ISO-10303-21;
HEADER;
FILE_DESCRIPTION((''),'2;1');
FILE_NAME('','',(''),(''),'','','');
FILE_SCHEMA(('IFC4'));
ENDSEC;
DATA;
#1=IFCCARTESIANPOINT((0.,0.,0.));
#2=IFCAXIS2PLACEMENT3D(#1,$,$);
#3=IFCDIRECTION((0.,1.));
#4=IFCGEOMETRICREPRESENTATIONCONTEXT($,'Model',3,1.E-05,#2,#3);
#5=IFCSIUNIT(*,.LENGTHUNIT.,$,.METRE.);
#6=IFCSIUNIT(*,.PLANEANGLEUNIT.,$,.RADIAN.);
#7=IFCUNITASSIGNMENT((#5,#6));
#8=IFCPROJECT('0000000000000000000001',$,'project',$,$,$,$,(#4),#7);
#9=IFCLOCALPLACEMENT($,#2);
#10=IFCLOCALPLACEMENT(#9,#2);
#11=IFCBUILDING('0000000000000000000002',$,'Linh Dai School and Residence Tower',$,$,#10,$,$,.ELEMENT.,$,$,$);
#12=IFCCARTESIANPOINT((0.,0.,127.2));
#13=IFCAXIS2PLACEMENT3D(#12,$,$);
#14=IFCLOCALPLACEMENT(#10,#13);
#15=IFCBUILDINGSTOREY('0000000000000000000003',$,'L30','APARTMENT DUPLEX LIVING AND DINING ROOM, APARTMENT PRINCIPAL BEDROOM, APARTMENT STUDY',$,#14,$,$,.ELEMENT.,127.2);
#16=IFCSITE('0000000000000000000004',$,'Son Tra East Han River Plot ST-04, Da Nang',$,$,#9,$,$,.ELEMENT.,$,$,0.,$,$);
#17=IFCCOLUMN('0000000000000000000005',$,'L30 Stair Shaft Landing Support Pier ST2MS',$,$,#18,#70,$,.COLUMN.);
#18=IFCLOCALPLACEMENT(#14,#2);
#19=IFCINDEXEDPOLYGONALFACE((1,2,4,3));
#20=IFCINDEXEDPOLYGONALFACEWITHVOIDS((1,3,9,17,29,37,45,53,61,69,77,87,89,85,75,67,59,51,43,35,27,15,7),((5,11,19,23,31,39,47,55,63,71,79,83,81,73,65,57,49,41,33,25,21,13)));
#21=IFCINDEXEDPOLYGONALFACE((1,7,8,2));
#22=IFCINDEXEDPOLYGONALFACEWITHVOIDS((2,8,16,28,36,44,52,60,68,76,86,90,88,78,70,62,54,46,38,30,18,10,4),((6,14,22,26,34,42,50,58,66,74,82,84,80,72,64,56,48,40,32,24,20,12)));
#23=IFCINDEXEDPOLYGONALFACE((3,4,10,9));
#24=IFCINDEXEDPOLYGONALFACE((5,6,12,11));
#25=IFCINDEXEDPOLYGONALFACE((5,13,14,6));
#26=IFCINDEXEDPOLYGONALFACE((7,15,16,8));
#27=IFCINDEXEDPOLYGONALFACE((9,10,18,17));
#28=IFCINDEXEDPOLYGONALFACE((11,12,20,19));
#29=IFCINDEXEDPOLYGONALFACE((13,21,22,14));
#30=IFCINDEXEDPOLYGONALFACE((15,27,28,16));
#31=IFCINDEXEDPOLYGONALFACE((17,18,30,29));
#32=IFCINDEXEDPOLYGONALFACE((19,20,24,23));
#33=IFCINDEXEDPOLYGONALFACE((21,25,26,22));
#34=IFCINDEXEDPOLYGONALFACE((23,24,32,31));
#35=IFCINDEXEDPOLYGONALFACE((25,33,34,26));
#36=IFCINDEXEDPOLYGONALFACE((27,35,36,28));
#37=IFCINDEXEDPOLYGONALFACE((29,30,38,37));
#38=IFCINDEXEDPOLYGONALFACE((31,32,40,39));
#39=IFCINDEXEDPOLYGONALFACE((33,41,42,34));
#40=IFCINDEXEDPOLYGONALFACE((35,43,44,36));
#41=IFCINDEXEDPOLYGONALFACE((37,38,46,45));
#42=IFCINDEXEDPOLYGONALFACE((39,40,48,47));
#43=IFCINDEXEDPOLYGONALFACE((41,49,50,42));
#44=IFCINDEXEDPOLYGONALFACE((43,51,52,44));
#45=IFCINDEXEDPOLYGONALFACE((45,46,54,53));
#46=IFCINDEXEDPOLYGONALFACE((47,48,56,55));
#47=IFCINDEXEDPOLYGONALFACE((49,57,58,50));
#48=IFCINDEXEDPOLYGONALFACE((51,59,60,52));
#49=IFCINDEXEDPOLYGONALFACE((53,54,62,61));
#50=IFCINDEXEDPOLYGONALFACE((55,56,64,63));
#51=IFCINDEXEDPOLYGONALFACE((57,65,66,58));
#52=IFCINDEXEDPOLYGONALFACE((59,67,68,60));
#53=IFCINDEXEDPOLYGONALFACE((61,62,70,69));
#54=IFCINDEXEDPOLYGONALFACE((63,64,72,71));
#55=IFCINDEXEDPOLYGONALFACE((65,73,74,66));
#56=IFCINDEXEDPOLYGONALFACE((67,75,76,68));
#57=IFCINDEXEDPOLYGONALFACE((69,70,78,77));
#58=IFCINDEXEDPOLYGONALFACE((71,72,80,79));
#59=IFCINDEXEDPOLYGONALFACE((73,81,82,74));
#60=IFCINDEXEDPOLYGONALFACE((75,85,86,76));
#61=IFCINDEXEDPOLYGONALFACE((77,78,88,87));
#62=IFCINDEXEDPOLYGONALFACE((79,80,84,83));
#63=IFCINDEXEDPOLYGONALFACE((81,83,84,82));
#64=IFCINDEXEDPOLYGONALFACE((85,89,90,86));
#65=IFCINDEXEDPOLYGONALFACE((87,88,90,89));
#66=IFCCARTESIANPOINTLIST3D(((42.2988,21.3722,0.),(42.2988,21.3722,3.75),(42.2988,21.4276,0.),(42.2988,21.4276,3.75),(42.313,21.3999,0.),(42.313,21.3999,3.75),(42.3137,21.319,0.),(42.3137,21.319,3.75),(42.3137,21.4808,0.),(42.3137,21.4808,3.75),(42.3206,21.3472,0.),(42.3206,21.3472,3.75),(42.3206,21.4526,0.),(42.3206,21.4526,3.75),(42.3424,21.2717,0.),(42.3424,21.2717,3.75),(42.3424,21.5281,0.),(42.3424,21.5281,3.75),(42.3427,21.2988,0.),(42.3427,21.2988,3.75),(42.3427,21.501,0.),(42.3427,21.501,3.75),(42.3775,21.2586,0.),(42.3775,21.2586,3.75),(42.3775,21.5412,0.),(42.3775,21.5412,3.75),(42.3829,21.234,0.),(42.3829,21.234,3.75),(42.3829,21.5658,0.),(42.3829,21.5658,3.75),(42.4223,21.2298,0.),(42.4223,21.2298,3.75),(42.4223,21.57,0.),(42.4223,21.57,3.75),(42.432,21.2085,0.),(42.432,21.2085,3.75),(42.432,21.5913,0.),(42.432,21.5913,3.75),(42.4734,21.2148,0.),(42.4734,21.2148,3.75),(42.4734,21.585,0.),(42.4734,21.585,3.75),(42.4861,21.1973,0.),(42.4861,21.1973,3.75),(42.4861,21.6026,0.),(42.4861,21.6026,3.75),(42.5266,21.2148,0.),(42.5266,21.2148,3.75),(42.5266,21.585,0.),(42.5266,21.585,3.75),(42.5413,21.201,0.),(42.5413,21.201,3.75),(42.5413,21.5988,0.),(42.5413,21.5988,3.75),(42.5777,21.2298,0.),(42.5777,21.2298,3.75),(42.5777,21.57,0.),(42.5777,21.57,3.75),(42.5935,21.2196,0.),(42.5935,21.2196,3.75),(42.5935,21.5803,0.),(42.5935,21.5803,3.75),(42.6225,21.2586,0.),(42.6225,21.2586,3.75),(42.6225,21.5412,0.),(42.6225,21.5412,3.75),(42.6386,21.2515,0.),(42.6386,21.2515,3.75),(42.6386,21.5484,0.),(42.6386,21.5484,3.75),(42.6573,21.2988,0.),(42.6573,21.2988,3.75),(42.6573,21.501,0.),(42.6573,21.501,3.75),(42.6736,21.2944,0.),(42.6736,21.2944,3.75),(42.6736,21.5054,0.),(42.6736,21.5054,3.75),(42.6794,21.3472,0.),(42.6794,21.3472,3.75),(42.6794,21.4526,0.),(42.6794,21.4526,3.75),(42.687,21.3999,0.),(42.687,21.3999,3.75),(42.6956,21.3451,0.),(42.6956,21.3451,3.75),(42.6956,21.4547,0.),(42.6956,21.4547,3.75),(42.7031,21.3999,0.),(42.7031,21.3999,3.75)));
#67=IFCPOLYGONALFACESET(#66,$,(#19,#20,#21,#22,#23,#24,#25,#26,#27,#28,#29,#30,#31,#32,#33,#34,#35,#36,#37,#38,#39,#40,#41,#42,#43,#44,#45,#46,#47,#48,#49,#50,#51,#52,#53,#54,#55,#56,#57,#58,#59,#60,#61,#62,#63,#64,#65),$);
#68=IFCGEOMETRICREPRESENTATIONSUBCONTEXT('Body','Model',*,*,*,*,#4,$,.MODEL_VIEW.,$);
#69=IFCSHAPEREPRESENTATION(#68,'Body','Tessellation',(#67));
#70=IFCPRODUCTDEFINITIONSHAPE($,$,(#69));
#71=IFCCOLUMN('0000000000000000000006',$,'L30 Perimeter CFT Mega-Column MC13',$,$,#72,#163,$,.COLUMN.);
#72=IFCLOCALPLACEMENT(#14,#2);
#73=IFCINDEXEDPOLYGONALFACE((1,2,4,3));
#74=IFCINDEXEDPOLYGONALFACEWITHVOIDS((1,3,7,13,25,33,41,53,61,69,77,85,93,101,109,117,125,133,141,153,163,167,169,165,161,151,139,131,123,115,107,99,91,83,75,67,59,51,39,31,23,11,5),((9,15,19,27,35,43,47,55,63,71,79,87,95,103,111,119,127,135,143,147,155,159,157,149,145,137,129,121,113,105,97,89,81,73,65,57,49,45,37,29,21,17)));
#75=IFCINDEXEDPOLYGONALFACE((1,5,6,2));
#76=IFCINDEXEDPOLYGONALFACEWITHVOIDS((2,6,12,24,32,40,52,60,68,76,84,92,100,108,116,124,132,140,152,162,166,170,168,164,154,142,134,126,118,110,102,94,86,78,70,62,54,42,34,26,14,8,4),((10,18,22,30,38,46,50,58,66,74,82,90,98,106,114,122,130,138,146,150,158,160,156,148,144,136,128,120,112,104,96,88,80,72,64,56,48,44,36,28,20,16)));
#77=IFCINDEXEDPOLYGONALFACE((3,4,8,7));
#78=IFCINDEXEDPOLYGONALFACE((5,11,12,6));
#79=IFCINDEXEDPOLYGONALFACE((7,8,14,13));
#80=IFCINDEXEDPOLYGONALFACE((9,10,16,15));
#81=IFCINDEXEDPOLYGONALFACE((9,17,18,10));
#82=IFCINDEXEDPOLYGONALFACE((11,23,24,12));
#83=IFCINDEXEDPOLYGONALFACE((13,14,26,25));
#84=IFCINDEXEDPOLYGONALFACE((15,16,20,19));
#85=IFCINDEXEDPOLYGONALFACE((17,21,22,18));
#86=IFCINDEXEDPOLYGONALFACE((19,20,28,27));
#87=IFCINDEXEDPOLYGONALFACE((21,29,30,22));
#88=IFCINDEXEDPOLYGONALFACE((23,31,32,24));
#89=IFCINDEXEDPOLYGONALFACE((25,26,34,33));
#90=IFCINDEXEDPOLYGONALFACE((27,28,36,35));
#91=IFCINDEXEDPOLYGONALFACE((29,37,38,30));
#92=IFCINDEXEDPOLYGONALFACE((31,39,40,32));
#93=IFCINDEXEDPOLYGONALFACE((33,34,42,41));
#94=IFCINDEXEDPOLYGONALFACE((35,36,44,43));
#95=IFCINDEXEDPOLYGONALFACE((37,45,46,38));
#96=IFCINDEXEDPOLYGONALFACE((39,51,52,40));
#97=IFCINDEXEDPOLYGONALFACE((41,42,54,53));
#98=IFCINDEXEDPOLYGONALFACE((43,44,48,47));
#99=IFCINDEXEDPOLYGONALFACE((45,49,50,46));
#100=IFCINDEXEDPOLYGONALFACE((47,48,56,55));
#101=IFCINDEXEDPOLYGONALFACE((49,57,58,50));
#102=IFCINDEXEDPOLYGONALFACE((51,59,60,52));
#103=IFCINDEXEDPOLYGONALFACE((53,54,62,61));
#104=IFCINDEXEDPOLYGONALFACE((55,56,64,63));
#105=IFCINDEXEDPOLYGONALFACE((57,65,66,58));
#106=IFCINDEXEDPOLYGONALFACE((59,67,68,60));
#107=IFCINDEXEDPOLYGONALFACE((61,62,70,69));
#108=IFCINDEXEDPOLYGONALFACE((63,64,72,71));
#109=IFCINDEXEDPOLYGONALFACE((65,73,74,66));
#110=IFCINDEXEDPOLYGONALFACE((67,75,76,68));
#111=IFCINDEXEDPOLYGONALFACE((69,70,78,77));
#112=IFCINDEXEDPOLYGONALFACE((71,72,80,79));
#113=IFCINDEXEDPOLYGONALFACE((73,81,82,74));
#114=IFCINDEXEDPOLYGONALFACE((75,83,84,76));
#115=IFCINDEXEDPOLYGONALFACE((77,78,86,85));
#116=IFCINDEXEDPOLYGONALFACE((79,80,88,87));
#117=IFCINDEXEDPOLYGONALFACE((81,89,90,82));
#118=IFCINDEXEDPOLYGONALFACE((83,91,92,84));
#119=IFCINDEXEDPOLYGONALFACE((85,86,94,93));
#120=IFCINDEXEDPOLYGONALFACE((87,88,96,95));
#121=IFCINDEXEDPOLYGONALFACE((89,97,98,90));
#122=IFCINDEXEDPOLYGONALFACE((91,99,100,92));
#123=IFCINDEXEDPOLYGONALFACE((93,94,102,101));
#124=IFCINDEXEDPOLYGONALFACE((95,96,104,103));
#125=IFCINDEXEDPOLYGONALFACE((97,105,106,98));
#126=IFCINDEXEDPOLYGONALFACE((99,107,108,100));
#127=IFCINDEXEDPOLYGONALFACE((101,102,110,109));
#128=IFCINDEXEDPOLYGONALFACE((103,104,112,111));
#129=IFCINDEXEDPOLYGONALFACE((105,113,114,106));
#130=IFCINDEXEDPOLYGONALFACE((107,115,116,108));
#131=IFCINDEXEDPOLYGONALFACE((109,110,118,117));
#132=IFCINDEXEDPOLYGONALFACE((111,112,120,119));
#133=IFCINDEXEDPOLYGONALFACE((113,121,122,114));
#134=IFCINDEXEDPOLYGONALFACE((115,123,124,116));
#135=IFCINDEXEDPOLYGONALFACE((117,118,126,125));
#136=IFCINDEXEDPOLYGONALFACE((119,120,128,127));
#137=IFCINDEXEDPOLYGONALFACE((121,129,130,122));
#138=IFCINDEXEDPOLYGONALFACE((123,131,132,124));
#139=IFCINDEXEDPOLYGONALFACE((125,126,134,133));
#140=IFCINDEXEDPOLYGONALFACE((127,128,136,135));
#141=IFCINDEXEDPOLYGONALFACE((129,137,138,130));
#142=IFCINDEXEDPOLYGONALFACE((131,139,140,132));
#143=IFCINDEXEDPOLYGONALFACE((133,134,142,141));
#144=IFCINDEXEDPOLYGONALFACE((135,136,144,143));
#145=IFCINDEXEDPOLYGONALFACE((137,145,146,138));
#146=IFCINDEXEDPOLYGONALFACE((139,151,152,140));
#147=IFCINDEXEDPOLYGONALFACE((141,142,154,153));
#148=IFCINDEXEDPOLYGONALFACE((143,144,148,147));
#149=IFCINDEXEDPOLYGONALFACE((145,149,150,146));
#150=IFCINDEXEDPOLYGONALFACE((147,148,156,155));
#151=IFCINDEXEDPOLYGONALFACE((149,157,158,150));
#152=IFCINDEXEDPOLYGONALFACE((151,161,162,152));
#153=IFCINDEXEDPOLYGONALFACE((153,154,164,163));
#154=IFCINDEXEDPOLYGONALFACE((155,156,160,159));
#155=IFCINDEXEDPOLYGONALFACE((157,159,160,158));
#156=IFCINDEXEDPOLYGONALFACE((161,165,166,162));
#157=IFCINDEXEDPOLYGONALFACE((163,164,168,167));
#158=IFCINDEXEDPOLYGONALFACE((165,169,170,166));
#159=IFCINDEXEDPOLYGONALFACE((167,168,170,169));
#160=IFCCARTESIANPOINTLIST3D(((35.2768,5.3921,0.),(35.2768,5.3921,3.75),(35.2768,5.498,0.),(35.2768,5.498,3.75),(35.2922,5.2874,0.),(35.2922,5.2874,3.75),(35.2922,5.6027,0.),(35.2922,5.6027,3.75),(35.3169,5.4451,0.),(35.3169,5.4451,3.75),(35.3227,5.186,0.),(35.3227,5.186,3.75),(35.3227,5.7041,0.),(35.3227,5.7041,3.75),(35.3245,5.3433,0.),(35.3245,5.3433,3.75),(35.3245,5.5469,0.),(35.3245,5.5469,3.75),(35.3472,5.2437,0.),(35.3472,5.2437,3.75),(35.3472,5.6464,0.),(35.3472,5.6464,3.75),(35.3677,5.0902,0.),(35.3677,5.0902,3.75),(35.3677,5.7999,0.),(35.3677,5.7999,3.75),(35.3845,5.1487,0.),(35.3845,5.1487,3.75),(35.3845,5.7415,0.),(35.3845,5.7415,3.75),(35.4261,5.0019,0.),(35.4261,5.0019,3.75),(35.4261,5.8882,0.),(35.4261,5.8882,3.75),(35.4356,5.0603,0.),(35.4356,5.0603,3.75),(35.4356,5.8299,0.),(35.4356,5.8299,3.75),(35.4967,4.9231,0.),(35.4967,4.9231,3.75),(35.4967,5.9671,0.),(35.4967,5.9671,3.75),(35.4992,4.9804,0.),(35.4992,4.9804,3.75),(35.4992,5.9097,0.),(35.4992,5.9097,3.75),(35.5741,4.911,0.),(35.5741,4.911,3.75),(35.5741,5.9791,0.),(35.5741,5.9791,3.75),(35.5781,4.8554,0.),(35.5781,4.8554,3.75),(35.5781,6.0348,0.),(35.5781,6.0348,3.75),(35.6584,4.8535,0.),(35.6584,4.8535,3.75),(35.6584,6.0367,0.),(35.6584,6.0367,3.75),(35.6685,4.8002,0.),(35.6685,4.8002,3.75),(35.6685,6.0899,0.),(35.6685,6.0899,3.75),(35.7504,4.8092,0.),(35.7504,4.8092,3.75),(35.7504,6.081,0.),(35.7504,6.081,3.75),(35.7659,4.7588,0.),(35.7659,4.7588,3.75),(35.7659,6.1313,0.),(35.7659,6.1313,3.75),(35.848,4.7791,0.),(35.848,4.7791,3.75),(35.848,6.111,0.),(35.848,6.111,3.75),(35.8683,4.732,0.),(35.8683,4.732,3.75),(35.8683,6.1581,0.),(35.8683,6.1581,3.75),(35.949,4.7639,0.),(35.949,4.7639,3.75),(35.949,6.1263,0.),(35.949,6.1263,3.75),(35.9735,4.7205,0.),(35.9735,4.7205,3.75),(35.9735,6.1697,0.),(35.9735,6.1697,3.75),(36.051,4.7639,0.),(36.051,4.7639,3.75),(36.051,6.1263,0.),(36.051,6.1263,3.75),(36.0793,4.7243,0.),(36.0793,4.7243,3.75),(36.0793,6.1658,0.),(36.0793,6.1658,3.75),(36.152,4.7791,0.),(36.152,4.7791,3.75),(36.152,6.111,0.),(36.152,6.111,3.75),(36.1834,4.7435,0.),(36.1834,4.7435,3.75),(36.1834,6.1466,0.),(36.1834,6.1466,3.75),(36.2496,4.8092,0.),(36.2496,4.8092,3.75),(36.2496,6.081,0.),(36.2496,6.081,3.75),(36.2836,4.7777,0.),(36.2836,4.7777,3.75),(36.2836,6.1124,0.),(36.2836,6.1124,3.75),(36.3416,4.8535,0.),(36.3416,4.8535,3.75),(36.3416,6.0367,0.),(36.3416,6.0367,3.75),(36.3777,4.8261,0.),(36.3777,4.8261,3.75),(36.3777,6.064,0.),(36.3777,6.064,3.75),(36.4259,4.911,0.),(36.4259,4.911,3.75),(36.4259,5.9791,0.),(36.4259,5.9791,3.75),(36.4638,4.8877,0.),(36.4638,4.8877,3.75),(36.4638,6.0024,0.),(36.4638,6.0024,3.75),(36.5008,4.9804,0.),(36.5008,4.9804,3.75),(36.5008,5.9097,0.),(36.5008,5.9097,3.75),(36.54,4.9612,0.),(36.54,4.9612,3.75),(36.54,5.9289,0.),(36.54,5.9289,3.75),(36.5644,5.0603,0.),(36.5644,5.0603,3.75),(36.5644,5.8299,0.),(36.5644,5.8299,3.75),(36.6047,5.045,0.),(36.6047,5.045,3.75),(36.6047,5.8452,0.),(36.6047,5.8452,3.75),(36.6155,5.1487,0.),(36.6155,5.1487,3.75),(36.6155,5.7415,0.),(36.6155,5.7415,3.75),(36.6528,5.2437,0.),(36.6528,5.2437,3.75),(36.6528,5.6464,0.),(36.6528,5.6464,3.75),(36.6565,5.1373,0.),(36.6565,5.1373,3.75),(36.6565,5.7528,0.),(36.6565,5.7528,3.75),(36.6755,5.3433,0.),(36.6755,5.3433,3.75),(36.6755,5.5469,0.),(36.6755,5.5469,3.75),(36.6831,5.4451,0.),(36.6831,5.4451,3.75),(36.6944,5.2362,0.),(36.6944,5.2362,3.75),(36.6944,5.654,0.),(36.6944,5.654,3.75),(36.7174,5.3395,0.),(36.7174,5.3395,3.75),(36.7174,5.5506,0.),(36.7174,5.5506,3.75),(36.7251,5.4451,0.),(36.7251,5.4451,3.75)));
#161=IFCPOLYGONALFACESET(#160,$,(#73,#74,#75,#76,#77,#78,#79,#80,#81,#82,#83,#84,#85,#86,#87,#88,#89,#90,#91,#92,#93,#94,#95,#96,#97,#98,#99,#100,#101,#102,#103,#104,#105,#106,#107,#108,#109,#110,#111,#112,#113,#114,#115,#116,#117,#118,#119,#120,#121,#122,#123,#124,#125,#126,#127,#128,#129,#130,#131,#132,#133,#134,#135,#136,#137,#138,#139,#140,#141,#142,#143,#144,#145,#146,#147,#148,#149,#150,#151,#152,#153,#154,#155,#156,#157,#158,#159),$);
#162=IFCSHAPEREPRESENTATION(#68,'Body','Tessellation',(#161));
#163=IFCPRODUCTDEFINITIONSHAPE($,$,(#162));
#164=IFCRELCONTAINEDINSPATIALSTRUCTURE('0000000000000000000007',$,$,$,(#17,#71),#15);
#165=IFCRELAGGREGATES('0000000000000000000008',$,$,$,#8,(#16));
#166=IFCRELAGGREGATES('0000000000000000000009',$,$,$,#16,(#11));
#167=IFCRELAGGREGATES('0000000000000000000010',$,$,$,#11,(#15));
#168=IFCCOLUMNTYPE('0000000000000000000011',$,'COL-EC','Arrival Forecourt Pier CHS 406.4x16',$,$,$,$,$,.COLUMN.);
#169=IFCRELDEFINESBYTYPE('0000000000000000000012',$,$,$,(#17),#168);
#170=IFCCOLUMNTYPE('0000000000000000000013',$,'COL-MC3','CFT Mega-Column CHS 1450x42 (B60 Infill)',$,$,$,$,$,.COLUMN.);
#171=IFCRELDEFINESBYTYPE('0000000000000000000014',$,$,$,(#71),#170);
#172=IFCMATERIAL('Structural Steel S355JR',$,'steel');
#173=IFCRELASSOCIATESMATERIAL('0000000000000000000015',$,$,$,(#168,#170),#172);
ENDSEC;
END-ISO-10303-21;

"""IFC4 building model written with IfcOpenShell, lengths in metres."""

from ifc_helpers import new_model, si_unit, direction, frame, origin, origin_2d, place, context, subcontext, project, spatial, hollow_circle, extrude, material, material_profile, profile_set, type_object, element, save


model = new_model("IFC4")

# Units and contexts
model_context = context("Model", 3, precision=1e-05, world=origin(), true_north=direction((0.0, 1.0)))
body_context = subcontext(model_context, "Body", "Model", "MODEL_VIEW")
ifc_project = project(units=[si_unit("LENGTHUNIT", "METRE"), si_unit("PLANEANGLEUNIT", "RADIAN")], contexts=[model_context])

# Site, building, storey
site_placement = place(None, origin())
site = spatial("IfcSite", under=ifc_project, at=site_placement, Name="Son Tra East Han River Plot ST-04, Da Nang", CompositionType="ELEMENT", RefElevation=0.0)
building_placement = place(site_placement, origin())
building = spatial("IfcBuilding", under=site, at=building_placement, Name="Linh Dai School and Residence Tower", CompositionType="ELEMENT")
storey_placement = place(building_placement, frame((0.0, 0.0, 127.2)))
storey = spatial("IfcBuildingStorey", under=building, at=storey_placement, Name="L30", Description="APARTMENT DUPLEX LIVING AND DINING ROOM, APARTMENT PRINCIPAL BEDROOM, APARTMENT STUDY", CompositionType="ELEMENT", Elevation=127.2)

# Columns
ifc_material_1 = material(Name="Structural Steel S355JR", Category="steel")
ifc_material_profile_1 = material_profile(ifc_material_1, hollow_circle(Radius=0.2031, WallThickness=0.0161, at=origin_2d()), Name="CHS 406.4x16")
ifc_profile_set_1 = profile_set([ifc_material_profile_1], Name="Structural Steel S355JR")
column_type_1 = type_object("IfcColumnType", Name="COL-EC", Description="Arrival Forecourt Pier CHS 406.4x16", PredefinedType="COLUMN", material=ifc_profile_set_1)
column_1_placement = place(storey_placement, frame((42.5, 21.3999, 0.0), z_axis=(0.0, 0.0, 1.0), x_axis=(1.0, 0.0, 0.0)))
element("IfcColumn", 1, at=column_1_placement, inside=storey, type_object=column_type_1, Name="L30 Stair Shaft Landing Support Pier ST2MS", PredefinedType="COLUMN", context=body_context, shape_type="SweptSolid", body=[
    extrude(hollow_circle(Radius=0.2031, WallThickness=0.0161, at=origin_2d()), origin(), (0.0, 0.0, 1.0), 3.75),
])
ifc_material_profile_2 = material_profile(ifc_material_1, hollow_circle(Radius=0.7251, WallThickness=0.042, at=origin_2d()), Name="CHS 1450x42")
ifc_profile_set_2 = profile_set([ifc_material_profile_2], Name="Structural Steel S355JR")
column_type_2 = type_object("IfcColumnType", Name="COL-MC3", Description="CFT Mega-Column CHS 1450x42 (B60 Infill)", PredefinedType="COLUMN", material=ifc_profile_set_2)
column_2_placement = place(storey_placement, frame((36.0, 5.4451, 0.0), z_axis=(0.0, 0.0, 1.0), x_axis=(1.0, 0.0, 0.0)))
element("IfcColumn", 2, at=column_2_placement, inside=storey, type_object=column_type_2, Name="L30 Perimeter CFT Mega-Column MC13", PredefinedType="COLUMN", context=body_context, shape_type="SweptSolid", body=[
    extrude(hollow_circle(Radius=0.7251, WallThickness=0.042, at=origin_2d()), origin(), (0.0, 0.0, 1.0), 3.75),
])

save(model, "model.ifc")
